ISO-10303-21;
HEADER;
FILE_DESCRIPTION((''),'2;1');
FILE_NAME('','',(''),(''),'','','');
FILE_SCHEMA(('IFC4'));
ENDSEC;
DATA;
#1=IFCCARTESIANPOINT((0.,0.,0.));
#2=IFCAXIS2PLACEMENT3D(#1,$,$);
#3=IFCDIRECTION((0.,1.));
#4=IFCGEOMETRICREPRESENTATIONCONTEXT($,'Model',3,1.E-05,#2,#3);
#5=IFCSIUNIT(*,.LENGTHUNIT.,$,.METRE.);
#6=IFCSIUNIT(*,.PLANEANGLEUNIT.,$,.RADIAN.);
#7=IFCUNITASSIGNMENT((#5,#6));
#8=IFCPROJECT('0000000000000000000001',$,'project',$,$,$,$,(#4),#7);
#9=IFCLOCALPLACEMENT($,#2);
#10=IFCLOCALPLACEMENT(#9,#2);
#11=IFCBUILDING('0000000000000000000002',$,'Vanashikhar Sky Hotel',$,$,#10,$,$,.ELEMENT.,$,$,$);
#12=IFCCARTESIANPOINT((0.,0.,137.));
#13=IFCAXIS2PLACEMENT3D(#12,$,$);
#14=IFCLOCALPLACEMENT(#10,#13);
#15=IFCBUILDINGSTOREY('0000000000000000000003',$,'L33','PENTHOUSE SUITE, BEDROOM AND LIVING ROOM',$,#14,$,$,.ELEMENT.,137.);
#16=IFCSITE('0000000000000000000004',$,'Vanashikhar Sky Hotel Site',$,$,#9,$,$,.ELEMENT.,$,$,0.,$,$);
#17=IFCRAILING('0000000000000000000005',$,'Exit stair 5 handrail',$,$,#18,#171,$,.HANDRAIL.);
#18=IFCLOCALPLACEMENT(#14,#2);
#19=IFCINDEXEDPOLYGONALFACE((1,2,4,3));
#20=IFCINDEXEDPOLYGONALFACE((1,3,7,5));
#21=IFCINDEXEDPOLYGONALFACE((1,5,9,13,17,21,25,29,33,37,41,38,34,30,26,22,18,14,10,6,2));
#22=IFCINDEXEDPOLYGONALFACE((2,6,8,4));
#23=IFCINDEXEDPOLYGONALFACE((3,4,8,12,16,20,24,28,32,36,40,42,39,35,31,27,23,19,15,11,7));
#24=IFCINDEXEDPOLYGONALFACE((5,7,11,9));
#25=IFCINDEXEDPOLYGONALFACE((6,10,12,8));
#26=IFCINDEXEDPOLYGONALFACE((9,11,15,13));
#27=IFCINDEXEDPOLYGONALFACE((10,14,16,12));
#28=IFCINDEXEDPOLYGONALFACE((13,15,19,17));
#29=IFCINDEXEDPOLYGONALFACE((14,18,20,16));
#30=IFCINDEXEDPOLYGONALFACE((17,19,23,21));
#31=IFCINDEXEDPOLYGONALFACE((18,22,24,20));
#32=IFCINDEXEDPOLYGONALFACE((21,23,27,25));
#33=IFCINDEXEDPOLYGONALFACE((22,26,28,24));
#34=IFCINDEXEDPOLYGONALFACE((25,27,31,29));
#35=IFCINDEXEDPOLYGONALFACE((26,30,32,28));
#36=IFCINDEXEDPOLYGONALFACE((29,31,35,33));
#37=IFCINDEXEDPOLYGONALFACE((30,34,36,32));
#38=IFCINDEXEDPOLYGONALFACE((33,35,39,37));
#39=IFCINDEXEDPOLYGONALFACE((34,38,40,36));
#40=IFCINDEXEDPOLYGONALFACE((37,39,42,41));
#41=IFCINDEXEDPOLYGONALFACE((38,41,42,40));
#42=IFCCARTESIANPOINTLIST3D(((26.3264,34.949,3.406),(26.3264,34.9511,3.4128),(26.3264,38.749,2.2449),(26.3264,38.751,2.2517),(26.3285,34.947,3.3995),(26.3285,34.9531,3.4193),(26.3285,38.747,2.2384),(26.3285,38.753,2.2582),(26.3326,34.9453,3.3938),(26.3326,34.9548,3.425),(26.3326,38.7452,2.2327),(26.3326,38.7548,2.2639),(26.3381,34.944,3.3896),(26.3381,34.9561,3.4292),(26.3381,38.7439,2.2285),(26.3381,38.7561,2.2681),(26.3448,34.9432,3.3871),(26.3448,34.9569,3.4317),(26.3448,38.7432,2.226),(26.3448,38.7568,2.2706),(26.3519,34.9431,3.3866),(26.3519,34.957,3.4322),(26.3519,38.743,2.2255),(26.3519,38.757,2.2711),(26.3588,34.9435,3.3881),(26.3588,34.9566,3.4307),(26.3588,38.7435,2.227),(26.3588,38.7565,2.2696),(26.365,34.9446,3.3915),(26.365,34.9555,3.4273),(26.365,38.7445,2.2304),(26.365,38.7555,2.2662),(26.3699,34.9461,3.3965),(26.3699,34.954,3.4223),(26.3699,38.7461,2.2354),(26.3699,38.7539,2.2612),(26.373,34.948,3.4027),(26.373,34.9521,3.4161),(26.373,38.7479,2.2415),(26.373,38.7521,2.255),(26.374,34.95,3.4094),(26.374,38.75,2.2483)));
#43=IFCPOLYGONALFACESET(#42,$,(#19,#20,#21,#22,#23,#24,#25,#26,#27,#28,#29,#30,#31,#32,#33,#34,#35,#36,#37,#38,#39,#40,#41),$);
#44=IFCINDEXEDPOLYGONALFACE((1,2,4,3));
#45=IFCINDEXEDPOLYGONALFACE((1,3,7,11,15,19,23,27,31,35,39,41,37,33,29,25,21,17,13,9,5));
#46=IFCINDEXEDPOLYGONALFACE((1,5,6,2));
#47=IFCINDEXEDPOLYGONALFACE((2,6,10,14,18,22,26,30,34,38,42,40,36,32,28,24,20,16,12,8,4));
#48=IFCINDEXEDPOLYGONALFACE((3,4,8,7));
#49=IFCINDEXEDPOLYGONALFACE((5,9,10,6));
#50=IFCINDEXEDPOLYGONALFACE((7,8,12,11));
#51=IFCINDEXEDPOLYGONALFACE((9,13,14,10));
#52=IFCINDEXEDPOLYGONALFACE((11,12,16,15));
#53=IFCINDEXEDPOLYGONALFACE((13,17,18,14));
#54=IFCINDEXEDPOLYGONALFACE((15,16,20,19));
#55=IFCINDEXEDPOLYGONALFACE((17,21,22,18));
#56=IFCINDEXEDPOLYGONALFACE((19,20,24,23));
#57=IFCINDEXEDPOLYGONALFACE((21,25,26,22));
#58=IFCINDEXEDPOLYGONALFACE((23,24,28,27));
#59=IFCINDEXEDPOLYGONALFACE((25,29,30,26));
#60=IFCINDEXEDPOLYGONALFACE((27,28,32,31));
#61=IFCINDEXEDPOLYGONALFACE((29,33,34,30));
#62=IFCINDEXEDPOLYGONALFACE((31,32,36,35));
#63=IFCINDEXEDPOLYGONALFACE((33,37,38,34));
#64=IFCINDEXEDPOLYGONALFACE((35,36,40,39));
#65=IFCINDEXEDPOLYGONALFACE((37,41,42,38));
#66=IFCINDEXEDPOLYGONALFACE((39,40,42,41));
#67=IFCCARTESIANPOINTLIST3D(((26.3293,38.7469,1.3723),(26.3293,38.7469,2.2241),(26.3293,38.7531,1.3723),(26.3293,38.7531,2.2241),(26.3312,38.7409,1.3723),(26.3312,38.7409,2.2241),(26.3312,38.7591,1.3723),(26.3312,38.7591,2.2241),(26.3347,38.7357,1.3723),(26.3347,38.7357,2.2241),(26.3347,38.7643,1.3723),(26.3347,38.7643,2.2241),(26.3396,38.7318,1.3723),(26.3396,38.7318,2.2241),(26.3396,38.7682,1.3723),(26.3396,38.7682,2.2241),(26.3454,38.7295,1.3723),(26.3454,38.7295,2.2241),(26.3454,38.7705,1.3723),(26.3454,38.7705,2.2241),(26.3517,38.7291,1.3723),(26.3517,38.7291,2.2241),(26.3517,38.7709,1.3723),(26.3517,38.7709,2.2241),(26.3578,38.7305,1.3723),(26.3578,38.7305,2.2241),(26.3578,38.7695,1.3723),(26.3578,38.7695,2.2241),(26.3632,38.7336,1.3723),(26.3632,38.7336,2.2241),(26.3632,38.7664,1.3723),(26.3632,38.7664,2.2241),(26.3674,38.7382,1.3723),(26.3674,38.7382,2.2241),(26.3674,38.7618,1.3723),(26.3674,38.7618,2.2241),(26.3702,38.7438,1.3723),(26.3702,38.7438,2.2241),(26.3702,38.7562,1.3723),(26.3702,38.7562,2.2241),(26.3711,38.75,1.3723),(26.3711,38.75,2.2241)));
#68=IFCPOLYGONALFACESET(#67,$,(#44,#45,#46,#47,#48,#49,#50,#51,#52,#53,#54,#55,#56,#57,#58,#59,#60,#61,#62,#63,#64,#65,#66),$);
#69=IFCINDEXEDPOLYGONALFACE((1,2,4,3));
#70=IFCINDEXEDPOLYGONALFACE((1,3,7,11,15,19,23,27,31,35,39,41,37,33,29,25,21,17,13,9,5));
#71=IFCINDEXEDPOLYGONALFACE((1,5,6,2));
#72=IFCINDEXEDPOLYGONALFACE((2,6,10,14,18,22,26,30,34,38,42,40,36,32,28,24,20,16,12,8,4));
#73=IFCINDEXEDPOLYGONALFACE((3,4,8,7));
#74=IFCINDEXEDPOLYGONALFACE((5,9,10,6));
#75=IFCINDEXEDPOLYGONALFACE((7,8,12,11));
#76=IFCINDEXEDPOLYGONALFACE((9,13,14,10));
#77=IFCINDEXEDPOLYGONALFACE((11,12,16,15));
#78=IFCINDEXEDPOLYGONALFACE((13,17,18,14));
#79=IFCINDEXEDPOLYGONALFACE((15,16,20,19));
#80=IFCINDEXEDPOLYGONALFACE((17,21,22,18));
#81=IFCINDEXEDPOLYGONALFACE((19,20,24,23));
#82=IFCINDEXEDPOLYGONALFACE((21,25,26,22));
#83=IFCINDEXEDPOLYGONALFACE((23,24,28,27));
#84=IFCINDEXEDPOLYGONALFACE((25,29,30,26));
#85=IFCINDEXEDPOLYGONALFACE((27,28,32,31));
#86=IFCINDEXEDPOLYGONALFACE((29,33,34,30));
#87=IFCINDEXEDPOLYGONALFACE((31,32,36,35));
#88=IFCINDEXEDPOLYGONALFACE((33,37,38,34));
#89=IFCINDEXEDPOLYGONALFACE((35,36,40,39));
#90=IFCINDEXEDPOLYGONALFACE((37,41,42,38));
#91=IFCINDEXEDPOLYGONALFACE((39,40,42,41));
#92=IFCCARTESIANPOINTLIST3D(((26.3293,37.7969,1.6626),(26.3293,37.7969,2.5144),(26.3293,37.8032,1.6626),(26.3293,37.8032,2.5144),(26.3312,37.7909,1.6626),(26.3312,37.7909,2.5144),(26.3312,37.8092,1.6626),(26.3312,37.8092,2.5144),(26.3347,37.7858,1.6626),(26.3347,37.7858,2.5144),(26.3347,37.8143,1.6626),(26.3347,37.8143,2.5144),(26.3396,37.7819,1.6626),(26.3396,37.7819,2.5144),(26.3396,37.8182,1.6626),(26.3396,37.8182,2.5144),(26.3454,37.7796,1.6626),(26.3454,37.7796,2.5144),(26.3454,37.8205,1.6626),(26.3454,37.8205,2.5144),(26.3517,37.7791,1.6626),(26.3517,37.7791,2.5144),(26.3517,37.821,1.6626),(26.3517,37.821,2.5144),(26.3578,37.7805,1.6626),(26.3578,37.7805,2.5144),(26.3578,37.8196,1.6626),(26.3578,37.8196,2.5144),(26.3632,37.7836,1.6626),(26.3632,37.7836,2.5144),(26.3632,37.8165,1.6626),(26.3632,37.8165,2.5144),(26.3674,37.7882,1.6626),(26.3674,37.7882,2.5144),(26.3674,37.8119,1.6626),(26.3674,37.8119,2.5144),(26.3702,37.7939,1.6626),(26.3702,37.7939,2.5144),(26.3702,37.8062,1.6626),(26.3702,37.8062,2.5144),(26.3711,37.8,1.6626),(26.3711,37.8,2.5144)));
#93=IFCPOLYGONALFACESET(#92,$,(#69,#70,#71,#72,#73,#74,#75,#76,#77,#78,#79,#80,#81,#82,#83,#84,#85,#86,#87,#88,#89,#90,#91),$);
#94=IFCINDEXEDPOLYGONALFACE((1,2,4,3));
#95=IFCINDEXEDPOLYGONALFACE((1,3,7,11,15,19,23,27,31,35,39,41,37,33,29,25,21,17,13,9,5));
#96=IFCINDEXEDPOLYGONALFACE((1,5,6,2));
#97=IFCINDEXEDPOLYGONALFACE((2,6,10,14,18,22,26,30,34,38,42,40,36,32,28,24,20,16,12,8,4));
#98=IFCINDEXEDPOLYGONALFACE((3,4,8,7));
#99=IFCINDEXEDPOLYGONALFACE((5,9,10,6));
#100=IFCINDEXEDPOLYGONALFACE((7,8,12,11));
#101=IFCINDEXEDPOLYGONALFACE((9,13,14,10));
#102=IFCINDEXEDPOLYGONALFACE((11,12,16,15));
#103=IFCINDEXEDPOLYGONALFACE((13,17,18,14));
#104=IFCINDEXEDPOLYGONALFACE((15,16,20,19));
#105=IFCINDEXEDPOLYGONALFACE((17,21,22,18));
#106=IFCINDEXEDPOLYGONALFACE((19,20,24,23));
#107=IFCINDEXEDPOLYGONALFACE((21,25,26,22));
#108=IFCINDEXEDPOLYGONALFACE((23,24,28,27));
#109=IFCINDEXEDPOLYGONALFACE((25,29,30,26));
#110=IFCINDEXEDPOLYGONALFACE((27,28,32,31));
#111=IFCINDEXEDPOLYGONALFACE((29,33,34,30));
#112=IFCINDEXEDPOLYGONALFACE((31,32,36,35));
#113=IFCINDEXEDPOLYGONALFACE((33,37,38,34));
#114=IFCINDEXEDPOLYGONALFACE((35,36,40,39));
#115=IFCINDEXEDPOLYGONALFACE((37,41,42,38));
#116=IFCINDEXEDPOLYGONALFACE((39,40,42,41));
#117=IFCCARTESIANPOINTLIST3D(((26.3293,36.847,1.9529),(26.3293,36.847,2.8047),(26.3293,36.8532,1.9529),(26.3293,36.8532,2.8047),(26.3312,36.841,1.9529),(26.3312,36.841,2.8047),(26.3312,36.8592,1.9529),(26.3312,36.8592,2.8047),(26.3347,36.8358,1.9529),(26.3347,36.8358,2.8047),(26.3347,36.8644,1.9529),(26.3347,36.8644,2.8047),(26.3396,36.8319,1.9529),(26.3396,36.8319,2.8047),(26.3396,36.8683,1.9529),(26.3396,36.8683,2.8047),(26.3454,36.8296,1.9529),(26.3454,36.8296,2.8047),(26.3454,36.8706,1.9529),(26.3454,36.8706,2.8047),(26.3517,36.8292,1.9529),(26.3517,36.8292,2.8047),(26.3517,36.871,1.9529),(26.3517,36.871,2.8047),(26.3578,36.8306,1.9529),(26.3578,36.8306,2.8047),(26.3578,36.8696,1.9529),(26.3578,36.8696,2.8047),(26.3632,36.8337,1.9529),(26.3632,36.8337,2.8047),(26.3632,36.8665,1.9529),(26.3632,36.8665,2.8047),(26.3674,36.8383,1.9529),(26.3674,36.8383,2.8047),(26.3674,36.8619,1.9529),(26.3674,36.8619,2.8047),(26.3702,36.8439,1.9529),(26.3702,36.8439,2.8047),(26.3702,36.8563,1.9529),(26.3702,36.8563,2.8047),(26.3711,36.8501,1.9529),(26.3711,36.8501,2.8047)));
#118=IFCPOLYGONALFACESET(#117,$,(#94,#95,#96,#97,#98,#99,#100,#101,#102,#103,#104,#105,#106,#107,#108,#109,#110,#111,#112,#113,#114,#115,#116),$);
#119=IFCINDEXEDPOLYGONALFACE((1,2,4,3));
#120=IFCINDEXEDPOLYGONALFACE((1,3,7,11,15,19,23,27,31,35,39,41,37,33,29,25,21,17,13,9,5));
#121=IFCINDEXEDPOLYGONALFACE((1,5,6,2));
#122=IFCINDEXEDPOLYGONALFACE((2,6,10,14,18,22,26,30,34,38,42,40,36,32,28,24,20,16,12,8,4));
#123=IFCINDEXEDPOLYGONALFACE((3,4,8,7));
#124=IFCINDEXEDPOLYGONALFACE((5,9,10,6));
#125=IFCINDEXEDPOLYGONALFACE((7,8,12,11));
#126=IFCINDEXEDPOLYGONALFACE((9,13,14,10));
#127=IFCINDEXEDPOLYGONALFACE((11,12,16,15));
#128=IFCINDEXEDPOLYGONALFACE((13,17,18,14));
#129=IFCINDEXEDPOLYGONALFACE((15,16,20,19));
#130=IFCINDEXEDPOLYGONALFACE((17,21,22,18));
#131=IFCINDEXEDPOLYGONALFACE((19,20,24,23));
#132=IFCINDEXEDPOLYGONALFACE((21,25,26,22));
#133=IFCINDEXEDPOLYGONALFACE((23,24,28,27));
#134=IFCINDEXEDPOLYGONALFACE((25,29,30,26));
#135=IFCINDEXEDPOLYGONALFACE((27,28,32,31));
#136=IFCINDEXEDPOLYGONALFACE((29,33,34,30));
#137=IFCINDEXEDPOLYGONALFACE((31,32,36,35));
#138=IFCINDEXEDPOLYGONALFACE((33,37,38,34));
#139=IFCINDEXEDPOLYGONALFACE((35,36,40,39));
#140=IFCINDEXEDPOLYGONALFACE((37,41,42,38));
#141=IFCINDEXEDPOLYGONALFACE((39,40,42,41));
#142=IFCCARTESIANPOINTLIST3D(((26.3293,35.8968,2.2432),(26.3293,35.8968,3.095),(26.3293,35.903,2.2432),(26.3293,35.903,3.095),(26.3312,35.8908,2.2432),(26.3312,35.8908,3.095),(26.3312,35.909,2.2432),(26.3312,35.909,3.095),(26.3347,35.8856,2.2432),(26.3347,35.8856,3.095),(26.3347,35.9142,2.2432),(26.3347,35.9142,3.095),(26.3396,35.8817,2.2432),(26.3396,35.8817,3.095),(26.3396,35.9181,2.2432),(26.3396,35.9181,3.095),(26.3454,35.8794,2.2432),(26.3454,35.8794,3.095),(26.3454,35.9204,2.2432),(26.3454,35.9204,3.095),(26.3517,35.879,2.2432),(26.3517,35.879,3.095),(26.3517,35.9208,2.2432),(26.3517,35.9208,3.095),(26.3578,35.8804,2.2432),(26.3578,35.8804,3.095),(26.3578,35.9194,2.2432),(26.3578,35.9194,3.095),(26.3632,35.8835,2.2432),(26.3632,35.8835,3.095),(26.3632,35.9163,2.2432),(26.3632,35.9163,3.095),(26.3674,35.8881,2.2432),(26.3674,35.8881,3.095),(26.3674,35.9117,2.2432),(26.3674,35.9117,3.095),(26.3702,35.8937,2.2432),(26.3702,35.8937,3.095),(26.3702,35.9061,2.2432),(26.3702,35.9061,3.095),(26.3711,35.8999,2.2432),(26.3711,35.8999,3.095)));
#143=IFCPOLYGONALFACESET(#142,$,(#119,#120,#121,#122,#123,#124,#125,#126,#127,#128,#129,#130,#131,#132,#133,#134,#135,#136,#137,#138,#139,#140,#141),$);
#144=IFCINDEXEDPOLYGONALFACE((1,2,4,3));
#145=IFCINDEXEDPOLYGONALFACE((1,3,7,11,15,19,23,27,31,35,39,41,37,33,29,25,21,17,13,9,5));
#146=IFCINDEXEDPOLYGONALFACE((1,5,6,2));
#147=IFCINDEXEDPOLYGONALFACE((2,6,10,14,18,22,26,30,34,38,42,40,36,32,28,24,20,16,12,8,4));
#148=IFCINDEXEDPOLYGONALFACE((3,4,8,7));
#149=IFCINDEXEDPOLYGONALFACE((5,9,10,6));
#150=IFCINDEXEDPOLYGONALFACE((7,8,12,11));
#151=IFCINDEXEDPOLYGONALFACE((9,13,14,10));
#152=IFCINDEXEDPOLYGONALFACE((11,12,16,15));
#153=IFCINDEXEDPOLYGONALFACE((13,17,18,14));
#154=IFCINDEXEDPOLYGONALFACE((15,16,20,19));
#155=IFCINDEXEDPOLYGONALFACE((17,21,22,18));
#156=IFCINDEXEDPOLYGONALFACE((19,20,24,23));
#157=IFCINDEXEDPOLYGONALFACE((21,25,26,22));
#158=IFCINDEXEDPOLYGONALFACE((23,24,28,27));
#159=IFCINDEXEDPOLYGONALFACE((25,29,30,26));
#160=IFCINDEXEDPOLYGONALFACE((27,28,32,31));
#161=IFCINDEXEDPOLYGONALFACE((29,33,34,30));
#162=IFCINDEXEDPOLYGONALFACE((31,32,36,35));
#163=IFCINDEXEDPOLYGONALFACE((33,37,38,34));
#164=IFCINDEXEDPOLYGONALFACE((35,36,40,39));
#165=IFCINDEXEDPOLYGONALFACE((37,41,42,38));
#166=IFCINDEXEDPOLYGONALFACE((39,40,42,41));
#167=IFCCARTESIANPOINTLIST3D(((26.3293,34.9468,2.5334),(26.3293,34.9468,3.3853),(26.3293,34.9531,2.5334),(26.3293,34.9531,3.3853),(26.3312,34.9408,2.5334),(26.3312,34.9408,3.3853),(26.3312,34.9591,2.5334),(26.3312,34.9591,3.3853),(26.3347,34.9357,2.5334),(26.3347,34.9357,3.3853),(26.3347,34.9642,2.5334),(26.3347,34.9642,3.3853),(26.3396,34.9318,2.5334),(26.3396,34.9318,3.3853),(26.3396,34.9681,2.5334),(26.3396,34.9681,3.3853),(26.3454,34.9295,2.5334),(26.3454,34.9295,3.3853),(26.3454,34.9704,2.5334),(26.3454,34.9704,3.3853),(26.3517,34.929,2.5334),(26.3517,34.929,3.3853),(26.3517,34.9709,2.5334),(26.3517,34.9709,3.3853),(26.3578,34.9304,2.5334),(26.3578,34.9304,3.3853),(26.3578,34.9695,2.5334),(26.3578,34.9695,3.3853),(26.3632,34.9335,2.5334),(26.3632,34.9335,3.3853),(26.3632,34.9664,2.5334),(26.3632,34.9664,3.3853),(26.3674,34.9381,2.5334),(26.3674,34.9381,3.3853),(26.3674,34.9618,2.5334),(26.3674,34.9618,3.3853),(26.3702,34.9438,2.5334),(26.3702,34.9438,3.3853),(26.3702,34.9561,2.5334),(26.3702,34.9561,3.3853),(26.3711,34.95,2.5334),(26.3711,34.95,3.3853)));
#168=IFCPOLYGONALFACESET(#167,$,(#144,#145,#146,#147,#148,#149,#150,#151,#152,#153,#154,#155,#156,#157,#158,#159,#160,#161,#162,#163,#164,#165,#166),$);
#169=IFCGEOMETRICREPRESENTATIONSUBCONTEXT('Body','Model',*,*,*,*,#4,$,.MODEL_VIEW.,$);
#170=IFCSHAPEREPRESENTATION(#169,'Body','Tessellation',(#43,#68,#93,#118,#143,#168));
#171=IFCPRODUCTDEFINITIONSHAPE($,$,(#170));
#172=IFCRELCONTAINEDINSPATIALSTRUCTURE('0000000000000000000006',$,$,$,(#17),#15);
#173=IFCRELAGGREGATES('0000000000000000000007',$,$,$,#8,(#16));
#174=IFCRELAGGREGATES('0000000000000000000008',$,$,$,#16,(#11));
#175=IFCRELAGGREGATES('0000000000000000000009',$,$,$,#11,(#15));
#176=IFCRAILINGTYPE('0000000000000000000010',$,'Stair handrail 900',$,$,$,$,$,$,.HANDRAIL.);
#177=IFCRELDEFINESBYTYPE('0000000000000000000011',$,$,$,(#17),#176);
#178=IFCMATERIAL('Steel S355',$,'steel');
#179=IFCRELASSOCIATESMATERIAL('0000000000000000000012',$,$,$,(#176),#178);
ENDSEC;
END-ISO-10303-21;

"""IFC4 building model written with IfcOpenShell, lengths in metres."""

from ifc_helpers import new_model, si_unit, direction, frame, origin, origin_2d, place, context, subcontext, project, spatial, circle, extrude, source, transform, mapped, material, type_object, element, save


model = new_model("IFC4")

# Units and contexts
model_context = context("Model", 3, precision=1e-05, world=origin(), true_north=direction((0.0, 1.0)))
body_context = subcontext(model_context, "Body", "Model", "MODEL_VIEW")
ifc_project = project(units=[si_unit("LENGTHUNIT", "METRE"), si_unit("PLANEANGLEUNIT", "RADIAN")], contexts=[model_context])

# Site, building, storey
site_placement = place(None, origin())
site = spatial("IfcSite", under=ifc_project, at=site_placement, Name="Vanashikhar Sky Hotel Site", CompositionType="ELEMENT", RefElevation=0.0)
building_placement = place(site_placement, origin())
building = spatial("IfcBuilding", under=site, at=building_placement, Name="Vanashikhar Sky Hotel", CompositionType="ELEMENT")
storey_placement = place(building_placement, frame((0.0, 0.0, 137.0)))
storey = spatial("IfcBuildingStorey", under=building, at=storey_placement, Name="L33", Description="PENTHOUSE SUITE, BEDROOM AND LIVING ROOM", CompositionType="ELEMENT", Elevation=137.0)

# Railing
ifc_material_1 = material(Name="Steel S355", Category="steel")
railing_type_1 = type_object("IfcRailingType", Name="Stair handrail 900", PredefinedType="HANDRAIL", material=ifc_material_1)
shared_shape_1 = source(origin(), body_context, "Body", "SweptSolid", [
    extrude(circle(Radius=0.0239, at=origin_2d()), frame((0.0, 0.0, 0.876), z_axis=(0.0, -0.956351, 0.29222), x_axis=(1.0, 0.0, 0.0)), (0.0, 0.0, 1.0), 3.9734),
    extrude(circle(Radius=0.021, at=origin_2d()), origin(), (0.0, 0.0, 1.0), 0.8518),
    extrude(circle(Radius=0.021, at=origin_2d()), frame((0.0, -0.95, 0.2903)), (0.0, 0.0, 1.0), 0.8518),
    extrude(circle(Radius=0.021, at=origin_2d()), frame((0.0, -1.8999, 0.5806)), (0.0, 0.0, 1.0), 0.8518),
    extrude(circle(Radius=0.021, at=origin_2d()), frame((0.0, -2.8501, 0.8708)), (0.0, 0.0, 1.0), 0.8518),
    extrude(circle(Radius=0.021, at=origin_2d()), frame((0.0, -3.8, 1.1611)), (0.0, 0.0, 1.0), 0.8518),
])
railing_1_placement = place(storey_placement, frame((26.3501, 38.75, 1.3723)))
element("IfcRailing", 1, at=railing_1_placement, inside=storey, type_object=railing_type_1, Name="Exit stair 5 handrail", PredefinedType="HANDRAIL", context=body_context, shape_type="MappedRepresentation", body=[
    mapped(shared_shape_1, transform((0.0, 0.0, 0.0), scale=1.0)),
])

save(model, "model.ifc")
